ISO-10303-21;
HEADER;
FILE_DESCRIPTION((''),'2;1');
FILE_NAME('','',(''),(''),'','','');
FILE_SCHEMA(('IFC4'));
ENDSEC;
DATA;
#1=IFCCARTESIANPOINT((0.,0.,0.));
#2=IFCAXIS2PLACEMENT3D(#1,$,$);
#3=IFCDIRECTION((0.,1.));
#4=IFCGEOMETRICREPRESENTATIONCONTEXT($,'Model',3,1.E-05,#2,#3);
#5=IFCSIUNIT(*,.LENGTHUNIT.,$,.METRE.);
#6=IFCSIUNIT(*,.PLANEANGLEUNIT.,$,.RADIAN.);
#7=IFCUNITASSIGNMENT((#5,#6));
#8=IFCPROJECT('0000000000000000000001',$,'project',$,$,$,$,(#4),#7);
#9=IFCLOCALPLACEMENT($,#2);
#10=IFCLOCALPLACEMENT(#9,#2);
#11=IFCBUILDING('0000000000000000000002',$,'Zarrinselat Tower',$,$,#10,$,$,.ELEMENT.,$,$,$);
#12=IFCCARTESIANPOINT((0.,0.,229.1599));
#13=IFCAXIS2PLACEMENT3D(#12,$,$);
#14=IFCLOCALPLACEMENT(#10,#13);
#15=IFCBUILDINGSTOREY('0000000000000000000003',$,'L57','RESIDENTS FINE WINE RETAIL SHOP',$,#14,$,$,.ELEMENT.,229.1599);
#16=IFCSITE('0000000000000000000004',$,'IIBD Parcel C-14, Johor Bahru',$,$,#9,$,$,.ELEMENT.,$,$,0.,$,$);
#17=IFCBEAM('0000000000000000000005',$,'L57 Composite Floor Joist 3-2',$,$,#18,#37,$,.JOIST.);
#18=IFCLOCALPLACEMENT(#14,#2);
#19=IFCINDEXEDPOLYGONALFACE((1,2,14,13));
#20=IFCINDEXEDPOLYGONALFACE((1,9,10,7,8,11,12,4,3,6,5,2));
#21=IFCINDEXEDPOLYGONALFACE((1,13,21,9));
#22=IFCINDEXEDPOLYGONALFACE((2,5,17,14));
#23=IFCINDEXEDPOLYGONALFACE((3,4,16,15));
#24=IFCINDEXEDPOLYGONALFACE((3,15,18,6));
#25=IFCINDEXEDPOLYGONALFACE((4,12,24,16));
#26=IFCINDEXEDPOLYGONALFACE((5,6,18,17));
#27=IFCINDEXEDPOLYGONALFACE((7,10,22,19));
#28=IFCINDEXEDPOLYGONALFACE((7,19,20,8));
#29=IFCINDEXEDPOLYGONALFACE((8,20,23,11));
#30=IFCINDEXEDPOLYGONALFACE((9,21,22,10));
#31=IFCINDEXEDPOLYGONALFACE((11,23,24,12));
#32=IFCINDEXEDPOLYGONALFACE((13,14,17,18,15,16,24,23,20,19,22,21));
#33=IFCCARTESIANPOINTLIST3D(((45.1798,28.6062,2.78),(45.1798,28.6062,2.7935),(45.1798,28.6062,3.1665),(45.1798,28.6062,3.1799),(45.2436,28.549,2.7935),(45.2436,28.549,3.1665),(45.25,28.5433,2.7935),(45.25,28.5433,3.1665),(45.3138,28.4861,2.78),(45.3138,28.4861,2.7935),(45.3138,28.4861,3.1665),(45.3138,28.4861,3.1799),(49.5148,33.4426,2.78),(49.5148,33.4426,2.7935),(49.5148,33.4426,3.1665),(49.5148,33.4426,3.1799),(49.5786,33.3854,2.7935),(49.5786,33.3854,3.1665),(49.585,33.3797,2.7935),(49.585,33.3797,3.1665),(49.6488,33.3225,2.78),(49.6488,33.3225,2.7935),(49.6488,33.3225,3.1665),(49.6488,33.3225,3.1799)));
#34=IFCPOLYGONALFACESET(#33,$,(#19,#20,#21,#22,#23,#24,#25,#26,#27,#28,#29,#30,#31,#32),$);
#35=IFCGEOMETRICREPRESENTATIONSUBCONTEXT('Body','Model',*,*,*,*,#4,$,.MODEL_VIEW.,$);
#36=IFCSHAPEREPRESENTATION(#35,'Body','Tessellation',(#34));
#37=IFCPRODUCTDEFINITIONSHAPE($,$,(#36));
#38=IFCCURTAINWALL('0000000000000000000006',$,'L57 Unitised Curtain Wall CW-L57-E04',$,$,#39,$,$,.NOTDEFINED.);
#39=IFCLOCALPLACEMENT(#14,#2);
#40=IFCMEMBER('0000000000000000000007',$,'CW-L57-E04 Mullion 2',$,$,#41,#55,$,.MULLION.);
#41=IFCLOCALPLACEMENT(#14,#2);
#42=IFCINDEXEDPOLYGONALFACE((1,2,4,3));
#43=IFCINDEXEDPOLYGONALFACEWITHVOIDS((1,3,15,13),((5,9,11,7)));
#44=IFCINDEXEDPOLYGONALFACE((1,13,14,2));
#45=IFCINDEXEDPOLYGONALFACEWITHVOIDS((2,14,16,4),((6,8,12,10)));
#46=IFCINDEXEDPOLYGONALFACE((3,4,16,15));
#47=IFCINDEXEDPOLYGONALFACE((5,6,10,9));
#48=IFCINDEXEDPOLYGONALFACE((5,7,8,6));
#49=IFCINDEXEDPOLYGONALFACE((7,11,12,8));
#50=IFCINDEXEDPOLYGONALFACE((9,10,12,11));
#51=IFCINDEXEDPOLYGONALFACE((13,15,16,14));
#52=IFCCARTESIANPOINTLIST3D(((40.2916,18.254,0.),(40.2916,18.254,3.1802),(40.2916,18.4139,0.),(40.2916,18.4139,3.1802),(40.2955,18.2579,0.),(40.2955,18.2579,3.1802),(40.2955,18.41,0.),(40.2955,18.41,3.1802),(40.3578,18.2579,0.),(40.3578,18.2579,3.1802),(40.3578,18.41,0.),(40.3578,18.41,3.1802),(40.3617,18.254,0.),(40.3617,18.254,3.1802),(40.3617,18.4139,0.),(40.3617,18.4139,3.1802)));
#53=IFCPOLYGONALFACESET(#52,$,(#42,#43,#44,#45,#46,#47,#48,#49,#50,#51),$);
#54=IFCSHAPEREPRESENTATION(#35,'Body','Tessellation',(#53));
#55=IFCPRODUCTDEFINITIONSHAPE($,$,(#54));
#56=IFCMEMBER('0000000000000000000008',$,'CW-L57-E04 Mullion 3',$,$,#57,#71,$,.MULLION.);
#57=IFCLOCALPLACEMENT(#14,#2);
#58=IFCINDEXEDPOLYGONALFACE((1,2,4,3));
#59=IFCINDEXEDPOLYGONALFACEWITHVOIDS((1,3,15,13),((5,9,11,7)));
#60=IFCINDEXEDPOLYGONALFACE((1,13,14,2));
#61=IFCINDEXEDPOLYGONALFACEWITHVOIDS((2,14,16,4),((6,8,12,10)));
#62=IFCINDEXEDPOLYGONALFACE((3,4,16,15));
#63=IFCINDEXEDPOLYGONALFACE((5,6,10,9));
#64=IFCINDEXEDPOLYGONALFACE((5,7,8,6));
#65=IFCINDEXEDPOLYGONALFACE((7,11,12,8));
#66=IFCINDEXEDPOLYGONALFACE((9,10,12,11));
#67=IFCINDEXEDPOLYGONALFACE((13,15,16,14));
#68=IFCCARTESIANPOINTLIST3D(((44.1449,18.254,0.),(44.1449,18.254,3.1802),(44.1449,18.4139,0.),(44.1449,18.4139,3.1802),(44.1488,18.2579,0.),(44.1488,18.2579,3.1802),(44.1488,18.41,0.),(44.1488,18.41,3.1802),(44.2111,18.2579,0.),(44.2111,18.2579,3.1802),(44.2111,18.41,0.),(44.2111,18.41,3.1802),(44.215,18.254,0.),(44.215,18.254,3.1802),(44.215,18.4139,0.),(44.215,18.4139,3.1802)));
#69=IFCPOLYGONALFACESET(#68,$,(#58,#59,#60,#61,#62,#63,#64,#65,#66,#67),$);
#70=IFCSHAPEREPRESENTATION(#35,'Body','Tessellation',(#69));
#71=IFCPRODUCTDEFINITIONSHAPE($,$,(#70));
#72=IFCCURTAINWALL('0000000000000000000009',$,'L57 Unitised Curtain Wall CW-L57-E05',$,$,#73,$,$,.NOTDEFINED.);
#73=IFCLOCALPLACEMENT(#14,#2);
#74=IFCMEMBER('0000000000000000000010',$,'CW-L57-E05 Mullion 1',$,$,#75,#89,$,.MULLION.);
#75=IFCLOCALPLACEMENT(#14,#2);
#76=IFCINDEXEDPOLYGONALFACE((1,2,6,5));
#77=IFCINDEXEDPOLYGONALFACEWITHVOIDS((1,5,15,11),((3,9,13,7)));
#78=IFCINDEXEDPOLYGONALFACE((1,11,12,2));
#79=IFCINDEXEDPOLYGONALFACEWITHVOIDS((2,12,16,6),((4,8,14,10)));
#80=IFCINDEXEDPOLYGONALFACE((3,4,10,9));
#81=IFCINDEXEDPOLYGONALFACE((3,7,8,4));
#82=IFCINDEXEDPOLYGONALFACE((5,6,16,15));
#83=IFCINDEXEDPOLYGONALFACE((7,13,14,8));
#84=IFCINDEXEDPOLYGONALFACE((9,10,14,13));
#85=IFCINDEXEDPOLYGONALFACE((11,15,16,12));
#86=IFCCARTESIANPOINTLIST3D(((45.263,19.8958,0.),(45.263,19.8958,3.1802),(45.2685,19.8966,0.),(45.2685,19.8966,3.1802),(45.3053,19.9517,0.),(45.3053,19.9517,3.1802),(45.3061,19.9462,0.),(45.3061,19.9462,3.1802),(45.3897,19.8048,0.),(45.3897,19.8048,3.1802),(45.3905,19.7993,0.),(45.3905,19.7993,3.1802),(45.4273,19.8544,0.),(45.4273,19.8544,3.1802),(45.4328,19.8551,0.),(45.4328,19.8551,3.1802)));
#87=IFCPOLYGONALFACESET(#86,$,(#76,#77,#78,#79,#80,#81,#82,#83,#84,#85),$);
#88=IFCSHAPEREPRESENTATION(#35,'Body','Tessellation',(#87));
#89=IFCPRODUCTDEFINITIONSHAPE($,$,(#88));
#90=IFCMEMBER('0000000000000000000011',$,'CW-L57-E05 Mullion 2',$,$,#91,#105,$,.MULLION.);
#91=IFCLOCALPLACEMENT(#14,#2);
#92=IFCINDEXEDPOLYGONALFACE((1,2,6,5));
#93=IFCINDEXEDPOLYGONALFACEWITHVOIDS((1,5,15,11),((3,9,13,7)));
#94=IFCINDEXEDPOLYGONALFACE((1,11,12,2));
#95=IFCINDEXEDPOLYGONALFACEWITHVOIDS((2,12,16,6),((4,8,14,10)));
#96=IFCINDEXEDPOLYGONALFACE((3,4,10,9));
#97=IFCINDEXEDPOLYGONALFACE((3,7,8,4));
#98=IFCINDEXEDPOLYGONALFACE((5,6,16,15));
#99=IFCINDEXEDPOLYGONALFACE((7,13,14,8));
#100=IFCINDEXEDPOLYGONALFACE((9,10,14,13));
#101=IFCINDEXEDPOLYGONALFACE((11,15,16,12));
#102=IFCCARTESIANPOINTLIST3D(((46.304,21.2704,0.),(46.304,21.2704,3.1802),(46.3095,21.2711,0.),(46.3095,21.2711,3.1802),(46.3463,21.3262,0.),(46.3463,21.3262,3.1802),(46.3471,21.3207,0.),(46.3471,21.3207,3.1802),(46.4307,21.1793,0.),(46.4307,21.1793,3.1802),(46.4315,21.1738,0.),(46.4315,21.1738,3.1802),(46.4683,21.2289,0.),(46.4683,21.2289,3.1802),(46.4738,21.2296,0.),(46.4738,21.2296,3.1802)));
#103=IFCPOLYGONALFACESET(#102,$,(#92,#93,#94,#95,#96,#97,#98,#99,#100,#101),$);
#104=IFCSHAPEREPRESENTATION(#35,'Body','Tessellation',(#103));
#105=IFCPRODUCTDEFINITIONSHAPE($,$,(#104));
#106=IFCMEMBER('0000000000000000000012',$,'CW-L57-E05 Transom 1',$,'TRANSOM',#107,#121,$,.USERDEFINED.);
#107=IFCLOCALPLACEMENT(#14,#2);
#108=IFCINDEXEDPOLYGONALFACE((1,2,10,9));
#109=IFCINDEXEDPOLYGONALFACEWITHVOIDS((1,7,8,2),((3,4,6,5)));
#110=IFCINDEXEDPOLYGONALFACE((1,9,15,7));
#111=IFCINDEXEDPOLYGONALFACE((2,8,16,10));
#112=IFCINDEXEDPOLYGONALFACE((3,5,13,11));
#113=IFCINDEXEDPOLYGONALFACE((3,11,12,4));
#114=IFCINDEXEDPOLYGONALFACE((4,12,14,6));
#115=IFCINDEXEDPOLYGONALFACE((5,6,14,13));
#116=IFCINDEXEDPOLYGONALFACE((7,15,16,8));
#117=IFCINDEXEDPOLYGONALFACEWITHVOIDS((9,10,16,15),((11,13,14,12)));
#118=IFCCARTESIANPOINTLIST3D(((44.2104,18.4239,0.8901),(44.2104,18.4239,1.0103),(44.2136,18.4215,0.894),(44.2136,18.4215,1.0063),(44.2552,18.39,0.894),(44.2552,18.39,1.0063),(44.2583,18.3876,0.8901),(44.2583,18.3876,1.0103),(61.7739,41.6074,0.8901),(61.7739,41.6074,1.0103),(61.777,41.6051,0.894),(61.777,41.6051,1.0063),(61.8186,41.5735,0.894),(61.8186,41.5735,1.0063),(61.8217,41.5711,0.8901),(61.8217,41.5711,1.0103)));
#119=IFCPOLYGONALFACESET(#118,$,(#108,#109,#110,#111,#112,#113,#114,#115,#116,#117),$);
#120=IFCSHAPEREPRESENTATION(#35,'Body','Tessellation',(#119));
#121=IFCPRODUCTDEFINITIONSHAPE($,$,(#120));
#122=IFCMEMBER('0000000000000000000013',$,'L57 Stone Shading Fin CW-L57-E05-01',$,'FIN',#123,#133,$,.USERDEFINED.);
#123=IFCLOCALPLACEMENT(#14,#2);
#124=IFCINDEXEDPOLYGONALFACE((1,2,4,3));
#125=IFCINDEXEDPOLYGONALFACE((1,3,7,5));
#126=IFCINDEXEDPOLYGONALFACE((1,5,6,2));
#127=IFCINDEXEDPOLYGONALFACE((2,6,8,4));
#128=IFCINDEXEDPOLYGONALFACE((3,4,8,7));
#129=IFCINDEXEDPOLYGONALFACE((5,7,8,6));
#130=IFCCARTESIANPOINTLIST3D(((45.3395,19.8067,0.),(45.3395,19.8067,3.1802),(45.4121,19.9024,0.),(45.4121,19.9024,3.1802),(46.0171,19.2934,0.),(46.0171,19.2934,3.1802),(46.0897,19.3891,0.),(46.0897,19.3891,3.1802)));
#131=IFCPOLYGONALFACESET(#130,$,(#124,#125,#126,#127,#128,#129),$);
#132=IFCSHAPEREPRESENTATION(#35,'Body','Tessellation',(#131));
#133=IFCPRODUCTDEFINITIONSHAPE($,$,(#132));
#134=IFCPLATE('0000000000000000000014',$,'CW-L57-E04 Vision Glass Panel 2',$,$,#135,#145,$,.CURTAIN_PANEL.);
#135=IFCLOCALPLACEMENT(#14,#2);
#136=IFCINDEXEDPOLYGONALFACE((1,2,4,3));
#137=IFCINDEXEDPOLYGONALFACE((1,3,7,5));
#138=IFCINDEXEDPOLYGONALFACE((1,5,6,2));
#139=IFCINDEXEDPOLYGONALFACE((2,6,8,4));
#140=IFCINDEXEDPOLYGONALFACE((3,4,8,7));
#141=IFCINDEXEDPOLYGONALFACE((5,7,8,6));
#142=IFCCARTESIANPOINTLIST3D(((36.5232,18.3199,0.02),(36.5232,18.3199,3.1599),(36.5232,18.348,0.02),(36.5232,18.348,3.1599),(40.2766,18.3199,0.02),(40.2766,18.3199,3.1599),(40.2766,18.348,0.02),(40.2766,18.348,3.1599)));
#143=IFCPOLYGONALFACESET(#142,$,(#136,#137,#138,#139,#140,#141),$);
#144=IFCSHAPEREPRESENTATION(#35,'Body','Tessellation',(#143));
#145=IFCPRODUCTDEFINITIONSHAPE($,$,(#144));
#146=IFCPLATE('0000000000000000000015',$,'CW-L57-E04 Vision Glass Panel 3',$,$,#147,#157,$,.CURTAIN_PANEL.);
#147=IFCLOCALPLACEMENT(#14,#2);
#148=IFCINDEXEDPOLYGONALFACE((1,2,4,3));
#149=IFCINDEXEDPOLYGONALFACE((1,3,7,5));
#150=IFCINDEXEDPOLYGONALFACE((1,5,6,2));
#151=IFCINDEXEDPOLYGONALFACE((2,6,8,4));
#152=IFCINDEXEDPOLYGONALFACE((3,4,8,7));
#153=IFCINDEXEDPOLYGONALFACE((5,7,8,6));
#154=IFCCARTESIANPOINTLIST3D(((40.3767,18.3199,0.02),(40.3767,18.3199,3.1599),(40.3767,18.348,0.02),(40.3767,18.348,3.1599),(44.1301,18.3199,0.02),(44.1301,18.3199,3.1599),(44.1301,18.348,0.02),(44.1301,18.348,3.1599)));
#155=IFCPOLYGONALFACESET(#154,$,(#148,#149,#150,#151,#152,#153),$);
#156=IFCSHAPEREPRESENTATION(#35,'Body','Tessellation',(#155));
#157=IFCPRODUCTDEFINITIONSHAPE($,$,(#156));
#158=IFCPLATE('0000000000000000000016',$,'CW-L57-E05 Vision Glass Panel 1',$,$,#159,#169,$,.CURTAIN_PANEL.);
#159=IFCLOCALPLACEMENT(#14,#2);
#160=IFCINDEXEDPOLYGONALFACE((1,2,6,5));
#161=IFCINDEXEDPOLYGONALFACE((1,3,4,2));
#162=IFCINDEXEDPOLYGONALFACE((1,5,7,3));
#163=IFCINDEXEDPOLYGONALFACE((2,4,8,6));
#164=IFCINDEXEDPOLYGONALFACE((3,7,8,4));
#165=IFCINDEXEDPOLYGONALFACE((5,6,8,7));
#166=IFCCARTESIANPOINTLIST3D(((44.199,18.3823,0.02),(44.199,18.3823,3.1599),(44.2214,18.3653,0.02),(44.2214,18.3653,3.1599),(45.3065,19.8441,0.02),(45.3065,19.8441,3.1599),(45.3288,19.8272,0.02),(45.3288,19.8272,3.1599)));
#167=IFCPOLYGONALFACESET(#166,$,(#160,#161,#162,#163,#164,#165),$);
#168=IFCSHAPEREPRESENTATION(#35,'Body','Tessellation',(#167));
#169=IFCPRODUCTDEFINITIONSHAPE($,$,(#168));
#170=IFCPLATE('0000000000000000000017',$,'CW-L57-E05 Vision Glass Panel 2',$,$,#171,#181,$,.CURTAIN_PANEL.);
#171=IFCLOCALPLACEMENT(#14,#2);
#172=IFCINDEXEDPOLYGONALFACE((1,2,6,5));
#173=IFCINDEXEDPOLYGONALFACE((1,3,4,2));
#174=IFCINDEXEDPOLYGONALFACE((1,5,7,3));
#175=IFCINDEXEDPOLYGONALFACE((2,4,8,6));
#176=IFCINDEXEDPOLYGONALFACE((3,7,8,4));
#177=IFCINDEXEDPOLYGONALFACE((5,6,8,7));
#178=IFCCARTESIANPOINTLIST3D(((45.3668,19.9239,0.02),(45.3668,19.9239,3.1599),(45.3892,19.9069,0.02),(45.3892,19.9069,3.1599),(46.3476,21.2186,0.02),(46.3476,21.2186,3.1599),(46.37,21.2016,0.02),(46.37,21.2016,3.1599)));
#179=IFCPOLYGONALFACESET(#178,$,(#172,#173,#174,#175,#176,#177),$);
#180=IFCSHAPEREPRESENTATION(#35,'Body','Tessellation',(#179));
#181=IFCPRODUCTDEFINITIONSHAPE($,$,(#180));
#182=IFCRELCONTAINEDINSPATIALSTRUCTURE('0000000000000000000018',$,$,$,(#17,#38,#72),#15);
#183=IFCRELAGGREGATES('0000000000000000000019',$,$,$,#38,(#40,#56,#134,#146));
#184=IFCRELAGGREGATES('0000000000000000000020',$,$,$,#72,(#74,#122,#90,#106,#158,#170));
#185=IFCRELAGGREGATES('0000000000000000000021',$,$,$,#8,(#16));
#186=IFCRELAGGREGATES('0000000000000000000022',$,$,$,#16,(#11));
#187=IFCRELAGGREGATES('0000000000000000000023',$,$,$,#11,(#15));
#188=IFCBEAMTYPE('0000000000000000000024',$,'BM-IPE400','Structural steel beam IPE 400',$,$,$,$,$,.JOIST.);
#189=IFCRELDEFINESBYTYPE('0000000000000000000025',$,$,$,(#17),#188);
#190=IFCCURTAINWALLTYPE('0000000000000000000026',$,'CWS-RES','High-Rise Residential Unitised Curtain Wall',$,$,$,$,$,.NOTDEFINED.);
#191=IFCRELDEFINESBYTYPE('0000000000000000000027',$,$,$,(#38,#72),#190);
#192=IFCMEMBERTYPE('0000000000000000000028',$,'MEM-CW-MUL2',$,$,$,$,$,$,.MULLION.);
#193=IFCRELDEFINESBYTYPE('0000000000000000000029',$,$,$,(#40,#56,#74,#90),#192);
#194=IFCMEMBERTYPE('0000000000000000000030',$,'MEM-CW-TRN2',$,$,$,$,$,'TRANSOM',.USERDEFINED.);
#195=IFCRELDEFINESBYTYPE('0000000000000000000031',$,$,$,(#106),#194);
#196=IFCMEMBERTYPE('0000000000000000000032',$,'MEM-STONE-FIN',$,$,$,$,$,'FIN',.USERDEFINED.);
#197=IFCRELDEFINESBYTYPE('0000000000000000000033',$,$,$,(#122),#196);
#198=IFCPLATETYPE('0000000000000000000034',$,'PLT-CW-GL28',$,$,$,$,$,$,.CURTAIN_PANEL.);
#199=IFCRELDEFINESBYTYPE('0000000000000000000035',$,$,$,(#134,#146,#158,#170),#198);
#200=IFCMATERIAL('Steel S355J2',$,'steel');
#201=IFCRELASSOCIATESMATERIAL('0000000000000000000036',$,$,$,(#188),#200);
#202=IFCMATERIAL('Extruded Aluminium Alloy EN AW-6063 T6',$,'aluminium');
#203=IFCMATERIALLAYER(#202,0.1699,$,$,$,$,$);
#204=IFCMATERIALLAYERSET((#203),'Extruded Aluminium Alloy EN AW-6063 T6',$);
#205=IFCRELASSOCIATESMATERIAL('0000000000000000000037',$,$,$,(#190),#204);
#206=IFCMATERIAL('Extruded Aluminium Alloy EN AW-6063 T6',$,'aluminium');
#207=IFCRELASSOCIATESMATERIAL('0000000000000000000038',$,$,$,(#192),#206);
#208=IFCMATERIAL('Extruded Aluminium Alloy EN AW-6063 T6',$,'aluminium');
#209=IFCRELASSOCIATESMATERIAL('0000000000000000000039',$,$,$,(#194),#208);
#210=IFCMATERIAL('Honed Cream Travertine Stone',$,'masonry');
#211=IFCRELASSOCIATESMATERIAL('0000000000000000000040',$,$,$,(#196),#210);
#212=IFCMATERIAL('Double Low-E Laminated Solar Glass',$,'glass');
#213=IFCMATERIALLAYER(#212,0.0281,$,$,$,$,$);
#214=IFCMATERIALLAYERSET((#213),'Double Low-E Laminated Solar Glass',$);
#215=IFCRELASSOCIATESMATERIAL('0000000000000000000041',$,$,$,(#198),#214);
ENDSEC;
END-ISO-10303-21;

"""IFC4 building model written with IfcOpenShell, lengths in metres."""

from ifc_helpers import new_model, si_unit, direction, frame, origin, origin_2d, place, context, subcontext, project, spatial, rectangle, hollow_rectangle, i_section, extrude, material, layer, layer_set, material_profile, profile_set, type_object, element, aggregate, save


model = new_model("IFC4")

# Units and contexts
model_context = context("Model", 3, precision=1e-05, world=origin(), true_north=direction((0.0, 1.0)))
body_context = subcontext(model_context, "Body", "Model", "MODEL_VIEW")
ifc_project = project(units=[si_unit("LENGTHUNIT", "METRE"), si_unit("PLANEANGLEUNIT", "RADIAN")], contexts=[model_context])

# Site, building, storey
site_placement = place(None, origin())
site = spatial("IfcSite", under=ifc_project, at=site_placement, Name="IIBD Parcel C-14, Johor Bahru", CompositionType="ELEMENT", RefElevation=0.0)
building_placement = place(site_placement, origin())
building = spatial("IfcBuilding", under=site, at=building_placement, Name="Zarrinselat Tower", CompositionType="ELEMENT")
storey_placement = place(building_placement, frame((0.0, 0.0, 229.1599)))
storey = spatial("IfcBuildingStorey", under=building, at=storey_placement, Name="L57", Description="RESIDENTS FINE WINE RETAIL SHOP", CompositionType="ELEMENT", Elevation=229.1599)

# Beam
ifc_material_1 = material(Name="Steel S355J2", Category="steel")
ifc_material_profile_1 = material_profile(ifc_material_1, i_section(OverallWidth=0.1799, OverallDepth=0.3999, WebThickness=0.0085, FlangeThickness=0.0134, at=origin_2d()), Name="IPE 400")
ifc_profile_set_1 = profile_set([ifc_material_profile_1], Name="Steel S355J2")
beam_type_1 = type_object("IfcBeamType", Name="BM-IPE400", Description="Structural steel beam IPE 400", PredefinedType="JOIST", material=ifc_profile_set_1)
beam_1_placement = place(storey_placement, frame((45.2468, 28.5461, 2.98), z_axis=(0.667447, 0.744657, 0.0), x_axis=(-0.744657, 0.667447, 0.0)))
element("IfcBeam", 1, at=beam_1_placement, inside=storey, type_object=beam_type_1, Name="L57 Composite Floor Joist 3-2", PredefinedType="JOIST", context=body_context, shape_type="SweptSolid", body=[
    extrude(i_section(OverallWidth=0.1799, OverallDepth=0.3999, WebThickness=0.0085, FlangeThickness=0.0134, at=origin_2d()), origin(), (0.0, 0.0, 1.0), 6.4949),
])

# Curtain walls, members
ifc_material_2 = material(Name="Extruded Aluminium Alloy EN AW-6063 T6", Category="aluminium")
ifc_layer_1 = layer(ifc_material_2, 0.1699)
ifc_layer_set_1 = layer_set([ifc_layer_1], Name="Extruded Aluminium Alloy EN AW-6063 T6")
curtain_wall_type = type_object("IfcCurtainWallType", Name="CWS-RES", Description="High-Rise Residential Unitised Curtain Wall", PredefinedType="NOTDEFINED", material=ifc_layer_set_1)
curtain_wall_1_placement = place(storey_placement, origin())
curtain_wall_1 = element("IfcCurtainWall", 2, at=curtain_wall_1_placement, inside=storey, type_object=curtain_wall_type, Name="L57 Unitised Curtain Wall CW-L57-E04", PredefinedType="NOTDEFINED")
ifc_material_3 = material(Name="Extruded Aluminium Alloy EN AW-6063 T6", Category="aluminium")
ifc_material_profile_2 = material_profile(ifc_material_3, hollow_rectangle(XDim=0.0701, YDim=0.1599, WallThickness=0.0039, at=origin_2d()), Name="RHS 160x70x4")
ifc_profile_set_2 = profile_set([ifc_material_profile_2], Name="Extruded Aluminium Alloy EN AW-6063 T6")
member_type_1 = type_object("IfcMemberType", Name="MEM-CW-MUL2", PredefinedType="MULLION", material=ifc_profile_set_2)
member_1_placement = place(storey_placement, frame((40.3267, 18.334, 0.0), z_axis=(0.0, 0.0, 1.0), x_axis=(1.0, 0.0, 0.0)))
member_1 = element("IfcMember", 3, at=member_1_placement, type_object=member_type_1, Name="CW-L57-E04 Mullion 2", PredefinedType="MULLION", context=body_context, shape_type="SweptSolid", body=[
    extrude(hollow_rectangle(XDim=0.0701, YDim=0.1599, WallThickness=0.0039, at=origin_2d()), origin(), (0.0, 0.0, 1.0), 3.1802),
])
member_2_placement = place(storey_placement, frame((44.1799, 18.334, 0.0), z_axis=(0.0, 0.0, 1.0), x_axis=(1.0, 0.0, 0.0)))
member_2 = element("IfcMember", 4, at=member_2_placement, type_object=member_type_1, Name="CW-L57-E04 Mullion 3", PredefinedType="MULLION", context=body_context, shape_type="SweptSolid", body=[
    extrude(hollow_rectangle(XDim=0.0701, YDim=0.1599, WallThickness=0.0039, at=origin_2d()), origin(), (0.0, 0.0, 1.0), 3.1802),
])
curtain_wall_2_placement = place(storey_placement, origin())
curtain_wall_2 = element("IfcCurtainWall", 5, at=curtain_wall_2_placement, inside=storey, type_object=curtain_wall_type, Name="L57 Unitised Curtain Wall CW-L57-E05", PredefinedType="NOTDEFINED")
member_3_placement = place(storey_placement, frame((45.3479, 19.8755, 0.0), z_axis=(0.0, 0.0, 1.0), x_axis=(0.603859, 0.797091, 0.0)))
member_3 = element("IfcMember", 6, at=member_3_placement, type_object=member_type_1, Name="CW-L57-E05 Mullion 1", PredefinedType="MULLION", context=body_context, shape_type="SweptSolid", body=[
    extrude(hollow_rectangle(XDim=0.0701, YDim=0.1599, WallThickness=0.0039, at=origin_2d()), origin(), (0.0, 0.0, 1.0), 3.1802),
])
member_4_placement = place(storey_placement, frame((46.3889, 21.25, 0.0), z_axis=(0.0, 0.0, 1.0), x_axis=(0.603859, 0.797091, 0.0)))
member_4 = element("IfcMember", 7, at=member_4_placement, type_object=member_type_1, Name="CW-L57-E05 Mullion 2", PredefinedType="MULLION", context=body_context, shape_type="SweptSolid", body=[
    extrude(hollow_rectangle(XDim=0.0701, YDim=0.1599, WallThickness=0.0039, at=origin_2d()), origin(), (0.0, 0.0, 1.0), 3.1802),
])
ifc_material_4 = material(Name="Extruded Aluminium Alloy EN AW-6063 T6", Category="aluminium")
ifc_material_profile_3 = material_profile(ifc_material_4, hollow_rectangle(XDim=0.0601, YDim=0.1201, WallThickness=0.0039, at=origin_2d()), Name="RHS 120x60x4")
ifc_profile_set_3 = profile_set([ifc_material_profile_3], Name="Extruded Aluminium Alloy EN AW-6063 T6")
member_type_2 = type_object("IfcMemberType", Name="MEM-CW-TRN2", ElementType="TRANSOM", PredefinedType="USERDEFINED", material=ifc_profile_set_3)
member_5_placement = place(storey_placement, frame((44.2344, 18.4058, 0.9502), z_axis=(0.603861, 0.79709, 0.0), x_axis=(-0.79709, 0.603861, 0.0)))
member_5 = element("IfcMember", 8, at=member_5_placement, type_object=member_type_2, Name="CW-L57-E05 Transom 1", ObjectType="TRANSOM", PredefinedType="USERDEFINED", context=body_context, shape_type="SweptSolid", body=[
    extrude(hollow_rectangle(XDim=0.0601, YDim=0.1201, WallThickness=0.0039, at=origin_2d()), origin(), (0.0, 0.0, 1.0), 29.0852),
])
ifc_material_5 = material(Name="Honed Cream Travertine Stone", Category="masonry")
ifc_material_profile_4 = material_profile(ifc_material_5, rectangle(XDim=0.1201, YDim=0.8501, at=origin_2d()), Name="FIN 850x120")
ifc_profile_set_4 = profile_set([ifc_material_profile_4], Name="Honed Cream Travertine Stone")
member_type_3 = type_object("IfcMemberType", Name="MEM-STONE-FIN", ElementType="FIN", PredefinedType="USERDEFINED", material=ifc_profile_set_4)
member_6_placement = place(storey_placement, frame((45.7146, 19.5979, 0.0), z_axis=(0.0, 0.0, 1.0), x_axis=(-0.603859, -0.797091, 0.0)))
member_6 = element("IfcMember", 9, at=member_6_placement, type_object=member_type_3, Name="L57 Stone Shading Fin CW-L57-E05-01", ObjectType="FIN", PredefinedType="USERDEFINED", context=body_context, shape_type="SweptSolid", body=[
    extrude(rectangle(XDim=0.1201, YDim=0.8501, at=origin_2d()), origin(), (0.0, 0.0, 1.0), 3.1802),
])

# Plates
ifc_material_6 = material(Name="Double Low-E Laminated Solar Glass", Category="glass")
ifc_layer_2 = layer(ifc_material_6, 0.0281)
ifc_layer_set_2 = layer_set([ifc_layer_2], Name="Double Low-E Laminated Solar Glass")
plate_type = type_object("IfcPlateType", Name="PLT-CW-GL28", PredefinedType="CURTAIN_PANEL", material=ifc_layer_set_2)
plate_1_placement = place(storey_placement, frame((38.3999, 18.334, 0.02), z_axis=(0.0, 0.0, 1.0), x_axis=(1.0, 0.0, 0.0)))
plate_1 = element("IfcPlate", 10, at=plate_1_placement, type_object=plate_type, Name="CW-L57-E04 Vision Glass Panel 2", PredefinedType="CURTAIN_PANEL", context=body_context, shape_type="SweptSolid", body=[
    extrude(rectangle(XDim=3.7534, YDim=0.0281, at=origin_2d()), origin(), (0.0, 0.0, 1.0), 3.1399),
])
plate_2_placement = place(storey_placement, frame((42.2534, 18.334, 0.02), z_axis=(0.0, 0.0, 1.0), x_axis=(1.0, 0.0, 0.0)))
plate_2 = element("IfcPlate", 11, at=plate_2_placement, type_object=plate_type, Name="CW-L57-E04 Vision Glass Panel 3", PredefinedType="CURTAIN_PANEL", context=body_context, shape_type="SweptSolid", body=[
    extrude(rectangle(XDim=3.7534, YDim=0.0281, at=origin_2d()), origin(), (0.0, 0.0, 1.0), 3.1399),
])
aggregate(curtain_wall_1, [member_1, member_2, plate_1, plate_2])
plate_3_placement = place(storey_placement, frame((44.7639, 19.1047, 0.02), z_axis=(0.0, 0.0, 1.0), x_axis=(0.603859, 0.797091, 0.0)))
plate_3 = element("IfcPlate", 12, at=plate_3_placement, type_object=plate_type, Name="CW-L57-E05 Vision Glass Panel 1", PredefinedType="CURTAIN_PANEL", context=body_context, shape_type="SweptSolid", body=[
    extrude(rectangle(XDim=1.834, YDim=0.0281, at=origin_2d()), origin(), (0.0, 0.0, 1.0), 3.1399),
])
plate_4_placement = place(storey_placement, frame((45.8684, 20.5627, 0.02), z_axis=(0.0, 0.0, 1.0), x_axis=(0.603859, 0.797091, 0.0)))
plate_4 = element("IfcPlate", 13, at=plate_4_placement, type_object=plate_type, Name="CW-L57-E05 Vision Glass Panel 2", PredefinedType="CURTAIN_PANEL", context=body_context, shape_type="SweptSolid", body=[
    extrude(rectangle(XDim=1.6243, YDim=0.0281, at=origin_2d()), origin(), (0.0, 0.0, 1.0), 3.1399),
])
aggregate(curtain_wall_2, [member_3, member_6, member_4, member_5, plate_3, plate_4])

save(model, "model.ifc")
